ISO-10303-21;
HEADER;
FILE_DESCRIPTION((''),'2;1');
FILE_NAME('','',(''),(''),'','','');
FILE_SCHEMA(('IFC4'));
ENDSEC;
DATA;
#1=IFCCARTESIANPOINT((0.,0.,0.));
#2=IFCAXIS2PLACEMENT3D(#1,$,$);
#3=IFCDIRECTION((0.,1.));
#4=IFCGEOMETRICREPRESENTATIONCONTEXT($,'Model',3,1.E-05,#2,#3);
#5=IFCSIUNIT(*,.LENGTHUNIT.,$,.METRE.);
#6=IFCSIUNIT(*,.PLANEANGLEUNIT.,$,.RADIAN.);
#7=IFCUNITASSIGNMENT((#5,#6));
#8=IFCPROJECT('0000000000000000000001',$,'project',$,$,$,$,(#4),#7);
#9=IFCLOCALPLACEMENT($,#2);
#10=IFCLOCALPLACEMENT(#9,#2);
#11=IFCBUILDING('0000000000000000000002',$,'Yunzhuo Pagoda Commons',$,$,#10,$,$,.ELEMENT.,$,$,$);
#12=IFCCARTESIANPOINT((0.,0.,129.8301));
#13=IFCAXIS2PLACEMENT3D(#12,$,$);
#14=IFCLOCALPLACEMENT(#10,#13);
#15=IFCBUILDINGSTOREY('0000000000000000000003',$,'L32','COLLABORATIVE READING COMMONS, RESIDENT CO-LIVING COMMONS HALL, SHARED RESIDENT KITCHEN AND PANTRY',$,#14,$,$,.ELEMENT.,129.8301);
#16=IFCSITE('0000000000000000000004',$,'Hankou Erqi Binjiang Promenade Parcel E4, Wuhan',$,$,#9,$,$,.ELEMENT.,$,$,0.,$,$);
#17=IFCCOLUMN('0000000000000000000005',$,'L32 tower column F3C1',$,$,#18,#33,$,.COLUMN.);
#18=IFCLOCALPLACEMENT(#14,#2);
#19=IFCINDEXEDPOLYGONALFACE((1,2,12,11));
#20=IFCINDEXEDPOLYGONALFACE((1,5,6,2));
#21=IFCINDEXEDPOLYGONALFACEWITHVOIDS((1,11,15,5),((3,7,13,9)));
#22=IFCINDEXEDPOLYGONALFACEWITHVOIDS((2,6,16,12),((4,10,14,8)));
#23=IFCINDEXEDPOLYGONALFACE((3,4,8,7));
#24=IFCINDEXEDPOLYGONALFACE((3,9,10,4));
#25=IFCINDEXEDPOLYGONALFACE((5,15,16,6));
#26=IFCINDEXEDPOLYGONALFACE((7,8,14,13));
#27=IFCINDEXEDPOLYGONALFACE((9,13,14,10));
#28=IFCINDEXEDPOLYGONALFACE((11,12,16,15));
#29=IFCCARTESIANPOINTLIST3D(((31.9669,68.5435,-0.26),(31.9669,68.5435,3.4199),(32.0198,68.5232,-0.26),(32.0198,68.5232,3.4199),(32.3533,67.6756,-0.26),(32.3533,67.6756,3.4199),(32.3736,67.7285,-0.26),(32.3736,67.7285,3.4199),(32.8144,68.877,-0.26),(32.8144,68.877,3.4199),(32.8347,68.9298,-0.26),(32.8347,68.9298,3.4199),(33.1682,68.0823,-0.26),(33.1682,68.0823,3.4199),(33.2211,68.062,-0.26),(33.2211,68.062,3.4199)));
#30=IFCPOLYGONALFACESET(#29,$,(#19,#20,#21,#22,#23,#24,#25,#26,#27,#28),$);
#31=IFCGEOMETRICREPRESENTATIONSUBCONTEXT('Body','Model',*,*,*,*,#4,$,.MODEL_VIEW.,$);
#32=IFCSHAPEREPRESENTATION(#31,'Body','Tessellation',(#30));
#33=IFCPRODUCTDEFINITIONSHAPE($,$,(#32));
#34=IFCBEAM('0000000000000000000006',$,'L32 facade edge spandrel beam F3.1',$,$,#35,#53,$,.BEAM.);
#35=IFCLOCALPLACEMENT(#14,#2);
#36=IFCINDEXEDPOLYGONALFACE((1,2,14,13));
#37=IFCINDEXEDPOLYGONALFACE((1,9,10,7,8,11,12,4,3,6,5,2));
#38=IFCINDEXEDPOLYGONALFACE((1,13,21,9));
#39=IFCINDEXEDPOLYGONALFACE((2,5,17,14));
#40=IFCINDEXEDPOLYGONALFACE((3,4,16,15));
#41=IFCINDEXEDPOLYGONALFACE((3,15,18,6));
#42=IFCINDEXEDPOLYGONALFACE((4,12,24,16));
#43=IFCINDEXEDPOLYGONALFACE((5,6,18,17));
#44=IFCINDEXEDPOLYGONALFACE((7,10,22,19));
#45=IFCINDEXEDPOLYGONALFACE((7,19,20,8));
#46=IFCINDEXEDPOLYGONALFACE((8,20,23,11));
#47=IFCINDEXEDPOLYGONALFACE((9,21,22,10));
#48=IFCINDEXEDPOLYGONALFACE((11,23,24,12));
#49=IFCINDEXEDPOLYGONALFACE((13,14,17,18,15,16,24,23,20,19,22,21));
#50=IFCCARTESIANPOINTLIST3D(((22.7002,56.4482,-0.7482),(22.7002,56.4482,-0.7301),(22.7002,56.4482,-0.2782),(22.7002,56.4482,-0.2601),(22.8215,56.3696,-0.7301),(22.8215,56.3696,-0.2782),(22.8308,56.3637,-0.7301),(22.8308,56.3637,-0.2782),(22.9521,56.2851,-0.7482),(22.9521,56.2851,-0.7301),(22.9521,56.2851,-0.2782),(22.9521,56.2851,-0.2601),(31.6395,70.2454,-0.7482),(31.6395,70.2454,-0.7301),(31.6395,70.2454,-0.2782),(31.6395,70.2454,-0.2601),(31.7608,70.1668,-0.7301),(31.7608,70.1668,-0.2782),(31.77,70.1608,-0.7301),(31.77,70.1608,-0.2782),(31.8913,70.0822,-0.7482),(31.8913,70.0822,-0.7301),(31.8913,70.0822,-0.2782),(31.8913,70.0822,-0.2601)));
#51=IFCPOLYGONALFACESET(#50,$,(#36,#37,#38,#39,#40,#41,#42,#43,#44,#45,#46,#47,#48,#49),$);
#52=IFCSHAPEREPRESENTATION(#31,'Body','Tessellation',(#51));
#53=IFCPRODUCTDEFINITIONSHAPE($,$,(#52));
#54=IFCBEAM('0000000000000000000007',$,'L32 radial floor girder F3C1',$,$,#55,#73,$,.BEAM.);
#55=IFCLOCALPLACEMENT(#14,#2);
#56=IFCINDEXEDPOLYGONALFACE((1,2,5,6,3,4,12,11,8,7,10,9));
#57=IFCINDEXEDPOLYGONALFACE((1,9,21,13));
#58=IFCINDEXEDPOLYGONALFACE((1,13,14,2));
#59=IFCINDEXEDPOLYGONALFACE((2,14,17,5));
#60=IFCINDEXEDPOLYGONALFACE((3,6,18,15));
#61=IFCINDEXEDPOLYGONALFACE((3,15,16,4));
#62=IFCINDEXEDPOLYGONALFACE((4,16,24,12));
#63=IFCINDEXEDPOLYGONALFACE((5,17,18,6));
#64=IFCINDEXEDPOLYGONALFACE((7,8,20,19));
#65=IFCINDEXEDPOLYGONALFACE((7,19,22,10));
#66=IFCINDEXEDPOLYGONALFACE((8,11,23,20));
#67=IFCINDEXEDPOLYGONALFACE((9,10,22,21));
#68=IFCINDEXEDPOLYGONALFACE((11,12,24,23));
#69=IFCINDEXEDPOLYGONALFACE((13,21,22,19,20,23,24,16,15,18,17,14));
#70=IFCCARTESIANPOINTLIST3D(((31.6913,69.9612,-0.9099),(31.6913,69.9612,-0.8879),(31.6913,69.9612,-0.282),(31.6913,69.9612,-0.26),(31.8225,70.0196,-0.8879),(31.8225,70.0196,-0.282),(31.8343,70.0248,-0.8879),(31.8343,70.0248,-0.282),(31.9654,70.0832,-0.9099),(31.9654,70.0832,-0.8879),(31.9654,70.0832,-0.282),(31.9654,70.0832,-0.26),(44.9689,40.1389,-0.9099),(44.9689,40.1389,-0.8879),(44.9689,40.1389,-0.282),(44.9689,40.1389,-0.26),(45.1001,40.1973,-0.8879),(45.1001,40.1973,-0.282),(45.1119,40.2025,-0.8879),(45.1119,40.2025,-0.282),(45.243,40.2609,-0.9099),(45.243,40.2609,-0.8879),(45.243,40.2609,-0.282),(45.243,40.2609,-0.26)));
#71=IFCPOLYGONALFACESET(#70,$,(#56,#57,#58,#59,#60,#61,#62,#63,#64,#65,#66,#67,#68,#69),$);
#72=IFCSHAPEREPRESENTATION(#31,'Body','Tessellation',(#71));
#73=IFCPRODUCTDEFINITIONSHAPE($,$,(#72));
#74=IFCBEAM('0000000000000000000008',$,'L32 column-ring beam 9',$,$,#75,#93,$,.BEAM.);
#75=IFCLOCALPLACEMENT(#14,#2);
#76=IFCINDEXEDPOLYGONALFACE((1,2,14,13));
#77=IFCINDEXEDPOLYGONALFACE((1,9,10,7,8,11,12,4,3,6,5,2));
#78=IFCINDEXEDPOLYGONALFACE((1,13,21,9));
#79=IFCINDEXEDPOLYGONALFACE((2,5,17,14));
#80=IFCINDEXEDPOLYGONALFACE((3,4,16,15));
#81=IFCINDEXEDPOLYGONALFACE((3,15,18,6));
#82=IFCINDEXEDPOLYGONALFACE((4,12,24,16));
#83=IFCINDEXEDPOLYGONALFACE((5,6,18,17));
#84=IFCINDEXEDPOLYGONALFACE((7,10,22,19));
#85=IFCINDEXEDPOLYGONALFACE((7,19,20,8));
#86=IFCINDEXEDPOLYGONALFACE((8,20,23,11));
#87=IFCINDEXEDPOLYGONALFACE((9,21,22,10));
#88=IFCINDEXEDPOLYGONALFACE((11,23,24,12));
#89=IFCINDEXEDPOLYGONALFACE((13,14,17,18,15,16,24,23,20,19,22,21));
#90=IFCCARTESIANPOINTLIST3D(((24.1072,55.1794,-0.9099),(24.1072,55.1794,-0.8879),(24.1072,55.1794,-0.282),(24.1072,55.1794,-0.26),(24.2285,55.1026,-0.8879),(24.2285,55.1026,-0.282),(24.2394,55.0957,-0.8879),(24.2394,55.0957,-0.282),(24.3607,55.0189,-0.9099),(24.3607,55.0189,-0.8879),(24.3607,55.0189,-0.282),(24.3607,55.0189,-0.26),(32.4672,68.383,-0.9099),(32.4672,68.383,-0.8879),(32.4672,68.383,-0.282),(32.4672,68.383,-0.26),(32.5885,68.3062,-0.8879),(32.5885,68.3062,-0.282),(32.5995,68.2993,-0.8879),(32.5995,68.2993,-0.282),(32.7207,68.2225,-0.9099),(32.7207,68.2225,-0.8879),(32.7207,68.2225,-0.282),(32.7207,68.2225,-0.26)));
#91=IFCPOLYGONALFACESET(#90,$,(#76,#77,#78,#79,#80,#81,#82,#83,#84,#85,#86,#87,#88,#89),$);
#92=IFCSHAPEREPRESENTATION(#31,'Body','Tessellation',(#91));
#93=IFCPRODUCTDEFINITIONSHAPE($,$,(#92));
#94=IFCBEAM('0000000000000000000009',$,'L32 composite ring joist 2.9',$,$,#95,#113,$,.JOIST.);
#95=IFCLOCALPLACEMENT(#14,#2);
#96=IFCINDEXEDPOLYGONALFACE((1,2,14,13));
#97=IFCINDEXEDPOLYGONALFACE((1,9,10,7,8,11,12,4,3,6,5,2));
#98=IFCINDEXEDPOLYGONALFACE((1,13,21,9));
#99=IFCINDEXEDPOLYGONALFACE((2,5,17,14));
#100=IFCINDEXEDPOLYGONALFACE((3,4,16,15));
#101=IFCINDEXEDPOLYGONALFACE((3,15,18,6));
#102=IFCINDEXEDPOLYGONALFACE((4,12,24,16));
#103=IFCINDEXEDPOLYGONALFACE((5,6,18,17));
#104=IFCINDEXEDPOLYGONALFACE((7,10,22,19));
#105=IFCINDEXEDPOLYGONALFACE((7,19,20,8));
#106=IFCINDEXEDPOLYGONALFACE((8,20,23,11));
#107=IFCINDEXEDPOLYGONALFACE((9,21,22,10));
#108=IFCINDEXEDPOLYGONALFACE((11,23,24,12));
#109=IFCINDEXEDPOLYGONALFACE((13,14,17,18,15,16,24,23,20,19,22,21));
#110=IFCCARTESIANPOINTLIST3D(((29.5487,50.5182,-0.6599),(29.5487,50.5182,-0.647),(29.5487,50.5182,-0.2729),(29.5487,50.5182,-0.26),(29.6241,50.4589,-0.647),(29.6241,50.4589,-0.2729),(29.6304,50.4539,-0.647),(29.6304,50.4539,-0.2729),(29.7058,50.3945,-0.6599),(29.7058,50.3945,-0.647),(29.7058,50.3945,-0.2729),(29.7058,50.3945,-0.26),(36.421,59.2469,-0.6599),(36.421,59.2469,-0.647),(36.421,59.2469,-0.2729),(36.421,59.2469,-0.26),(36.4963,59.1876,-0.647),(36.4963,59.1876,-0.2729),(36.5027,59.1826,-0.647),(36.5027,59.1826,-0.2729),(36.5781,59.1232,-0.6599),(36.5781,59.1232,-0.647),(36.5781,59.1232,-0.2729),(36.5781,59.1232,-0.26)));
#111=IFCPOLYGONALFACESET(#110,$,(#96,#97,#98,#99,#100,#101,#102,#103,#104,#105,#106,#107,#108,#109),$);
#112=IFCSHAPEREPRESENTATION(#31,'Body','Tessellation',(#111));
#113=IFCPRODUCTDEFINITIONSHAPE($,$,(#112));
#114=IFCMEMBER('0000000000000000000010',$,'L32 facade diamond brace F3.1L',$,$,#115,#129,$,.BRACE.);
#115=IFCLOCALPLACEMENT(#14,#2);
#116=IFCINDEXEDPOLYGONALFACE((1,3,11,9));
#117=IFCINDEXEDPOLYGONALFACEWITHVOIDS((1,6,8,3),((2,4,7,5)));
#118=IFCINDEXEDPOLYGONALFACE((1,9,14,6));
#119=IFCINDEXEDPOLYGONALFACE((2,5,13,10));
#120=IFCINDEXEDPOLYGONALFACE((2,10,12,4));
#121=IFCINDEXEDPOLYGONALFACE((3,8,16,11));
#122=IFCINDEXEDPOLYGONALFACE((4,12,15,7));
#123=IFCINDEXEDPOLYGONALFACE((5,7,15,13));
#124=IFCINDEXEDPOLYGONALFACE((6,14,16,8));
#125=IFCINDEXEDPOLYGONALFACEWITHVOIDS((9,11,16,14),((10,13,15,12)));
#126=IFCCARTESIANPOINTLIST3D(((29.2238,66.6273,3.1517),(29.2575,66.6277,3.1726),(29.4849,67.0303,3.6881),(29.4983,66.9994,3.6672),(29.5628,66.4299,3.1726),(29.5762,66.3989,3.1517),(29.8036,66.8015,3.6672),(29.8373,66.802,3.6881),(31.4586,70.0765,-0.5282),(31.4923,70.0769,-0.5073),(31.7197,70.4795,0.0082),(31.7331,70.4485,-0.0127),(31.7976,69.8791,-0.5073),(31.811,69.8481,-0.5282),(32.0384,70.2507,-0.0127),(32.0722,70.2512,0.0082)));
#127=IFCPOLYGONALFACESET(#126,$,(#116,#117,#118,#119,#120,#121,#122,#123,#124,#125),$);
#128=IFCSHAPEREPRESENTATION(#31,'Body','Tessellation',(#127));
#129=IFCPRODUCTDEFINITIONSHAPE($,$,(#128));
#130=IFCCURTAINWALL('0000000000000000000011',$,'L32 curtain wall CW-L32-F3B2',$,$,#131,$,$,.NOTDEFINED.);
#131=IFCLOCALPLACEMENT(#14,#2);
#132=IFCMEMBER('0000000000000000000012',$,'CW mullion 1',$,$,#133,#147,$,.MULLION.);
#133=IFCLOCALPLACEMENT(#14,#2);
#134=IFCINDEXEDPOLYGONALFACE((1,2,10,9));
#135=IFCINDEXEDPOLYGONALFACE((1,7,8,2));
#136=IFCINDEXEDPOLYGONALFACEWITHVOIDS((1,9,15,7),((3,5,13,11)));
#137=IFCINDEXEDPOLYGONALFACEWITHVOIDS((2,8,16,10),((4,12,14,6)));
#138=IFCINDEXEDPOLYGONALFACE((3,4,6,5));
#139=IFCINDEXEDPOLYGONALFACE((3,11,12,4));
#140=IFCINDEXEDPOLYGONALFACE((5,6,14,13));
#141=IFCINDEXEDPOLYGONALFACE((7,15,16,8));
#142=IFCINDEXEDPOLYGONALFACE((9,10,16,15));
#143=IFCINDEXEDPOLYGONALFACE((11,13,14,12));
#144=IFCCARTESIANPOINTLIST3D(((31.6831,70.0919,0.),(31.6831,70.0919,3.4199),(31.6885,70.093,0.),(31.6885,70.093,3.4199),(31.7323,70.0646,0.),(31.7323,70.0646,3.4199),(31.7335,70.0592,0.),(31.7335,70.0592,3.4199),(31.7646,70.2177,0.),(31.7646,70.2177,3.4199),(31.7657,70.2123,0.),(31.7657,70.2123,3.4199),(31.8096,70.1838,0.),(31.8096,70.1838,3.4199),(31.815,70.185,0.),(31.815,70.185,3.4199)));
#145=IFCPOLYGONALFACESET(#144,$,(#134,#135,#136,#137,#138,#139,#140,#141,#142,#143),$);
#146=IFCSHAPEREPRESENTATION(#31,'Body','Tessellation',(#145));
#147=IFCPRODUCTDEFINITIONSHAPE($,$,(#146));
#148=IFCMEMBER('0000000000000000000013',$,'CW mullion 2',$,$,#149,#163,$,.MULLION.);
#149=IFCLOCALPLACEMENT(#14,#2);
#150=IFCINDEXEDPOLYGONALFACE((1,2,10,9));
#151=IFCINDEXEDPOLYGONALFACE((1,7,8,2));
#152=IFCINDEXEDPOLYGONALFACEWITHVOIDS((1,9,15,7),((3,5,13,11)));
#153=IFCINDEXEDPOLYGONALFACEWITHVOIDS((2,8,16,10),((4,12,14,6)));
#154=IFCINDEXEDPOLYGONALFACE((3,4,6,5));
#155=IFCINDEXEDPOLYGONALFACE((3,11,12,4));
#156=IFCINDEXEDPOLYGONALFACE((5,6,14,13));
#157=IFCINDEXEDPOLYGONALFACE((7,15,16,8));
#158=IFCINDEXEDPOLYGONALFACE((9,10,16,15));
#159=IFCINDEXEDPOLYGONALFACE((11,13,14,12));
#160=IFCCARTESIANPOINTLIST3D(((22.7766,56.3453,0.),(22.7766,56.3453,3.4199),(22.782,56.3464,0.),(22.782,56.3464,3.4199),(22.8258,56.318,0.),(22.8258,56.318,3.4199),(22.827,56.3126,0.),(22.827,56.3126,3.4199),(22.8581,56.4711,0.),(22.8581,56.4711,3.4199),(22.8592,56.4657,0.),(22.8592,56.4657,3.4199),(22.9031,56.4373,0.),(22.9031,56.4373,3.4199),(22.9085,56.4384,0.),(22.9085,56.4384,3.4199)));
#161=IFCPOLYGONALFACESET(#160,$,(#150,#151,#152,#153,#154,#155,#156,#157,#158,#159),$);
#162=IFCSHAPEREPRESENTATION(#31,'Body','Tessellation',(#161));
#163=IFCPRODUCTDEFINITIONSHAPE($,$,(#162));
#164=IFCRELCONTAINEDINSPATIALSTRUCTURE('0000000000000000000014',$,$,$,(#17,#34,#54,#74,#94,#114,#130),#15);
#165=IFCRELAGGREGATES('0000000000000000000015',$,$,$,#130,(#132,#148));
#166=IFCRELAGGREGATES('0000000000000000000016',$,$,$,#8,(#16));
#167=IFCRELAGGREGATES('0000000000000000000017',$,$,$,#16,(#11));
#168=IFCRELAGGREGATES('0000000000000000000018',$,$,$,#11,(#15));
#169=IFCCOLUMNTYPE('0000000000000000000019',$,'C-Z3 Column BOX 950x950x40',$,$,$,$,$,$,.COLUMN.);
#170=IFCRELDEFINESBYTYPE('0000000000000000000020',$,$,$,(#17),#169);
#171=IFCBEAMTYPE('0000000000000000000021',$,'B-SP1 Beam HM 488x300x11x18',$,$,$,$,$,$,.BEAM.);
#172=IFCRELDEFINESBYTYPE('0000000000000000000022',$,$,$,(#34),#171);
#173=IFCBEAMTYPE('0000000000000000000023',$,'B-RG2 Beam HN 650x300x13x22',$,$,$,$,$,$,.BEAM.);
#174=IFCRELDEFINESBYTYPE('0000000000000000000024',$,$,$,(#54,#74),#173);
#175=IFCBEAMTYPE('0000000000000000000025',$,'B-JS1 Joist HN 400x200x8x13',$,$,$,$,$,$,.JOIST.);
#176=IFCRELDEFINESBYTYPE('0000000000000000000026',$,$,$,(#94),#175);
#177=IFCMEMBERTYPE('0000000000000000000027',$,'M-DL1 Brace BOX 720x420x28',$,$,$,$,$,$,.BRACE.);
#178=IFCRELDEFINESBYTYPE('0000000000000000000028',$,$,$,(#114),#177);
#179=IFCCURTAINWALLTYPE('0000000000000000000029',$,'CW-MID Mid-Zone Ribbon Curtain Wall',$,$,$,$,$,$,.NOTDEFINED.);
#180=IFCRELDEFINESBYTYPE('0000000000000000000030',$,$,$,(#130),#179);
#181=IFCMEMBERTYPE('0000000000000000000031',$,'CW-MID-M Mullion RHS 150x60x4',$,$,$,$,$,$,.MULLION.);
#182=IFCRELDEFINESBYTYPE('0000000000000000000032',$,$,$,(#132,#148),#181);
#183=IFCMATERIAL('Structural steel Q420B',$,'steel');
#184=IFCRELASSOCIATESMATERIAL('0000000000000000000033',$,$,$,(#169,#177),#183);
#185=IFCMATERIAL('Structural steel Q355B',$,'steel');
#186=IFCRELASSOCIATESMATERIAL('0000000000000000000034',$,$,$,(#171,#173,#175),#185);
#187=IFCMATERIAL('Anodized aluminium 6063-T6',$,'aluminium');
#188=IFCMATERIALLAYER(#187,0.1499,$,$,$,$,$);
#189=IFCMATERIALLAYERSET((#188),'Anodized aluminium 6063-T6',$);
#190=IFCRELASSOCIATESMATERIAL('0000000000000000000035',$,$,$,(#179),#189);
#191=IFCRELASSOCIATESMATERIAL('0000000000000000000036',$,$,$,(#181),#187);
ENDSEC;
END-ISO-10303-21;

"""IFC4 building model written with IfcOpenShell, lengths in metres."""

from ifc_helpers import new_model, si_unit, direction, frame, origin, origin_2d, place, context, subcontext, project, spatial, hollow_rectangle, i_section, extrude, source, transform, mapped, material, layer, layer_set, material_profile, profile_set, type_object, element, aggregate, save


model = new_model("IFC4")

# Units and contexts
model_context = context("Model", 3, precision=1e-05, world=origin(), true_north=direction((0.0, 1.0)))
body_context = subcontext(model_context, "Body", "Model", "MODEL_VIEW")
ifc_project = project(units=[si_unit("LENGTHUNIT", "METRE"), si_unit("PLANEANGLEUNIT", "RADIAN")], contexts=[model_context])

# Site, building, storey
site_placement = place(None, origin())
site = spatial("IfcSite", under=ifc_project, at=site_placement, Name="Hankou Erqi Binjiang Promenade Parcel E4, Wuhan", CompositionType="ELEMENT", RefElevation=0.0)
building_placement = place(site_placement, origin())
building = spatial("IfcBuilding", under=site, at=building_placement, Name="Yunzhuo Pagoda Commons", CompositionType="ELEMENT")
storey_placement = place(building_placement, frame((0.0, 0.0, 129.8301)))
storey = spatial("IfcBuildingStorey", under=building, at=storey_placement, Name="L32", Description="COLLABORATIVE READING COMMONS, RESIDENT CO-LIVING COMMONS HALL, SHARED RESIDENT KITCHEN AND PANTRY", CompositionType="ELEMENT", Elevation=129.8301)

# Column
ifc_material_1 = material(Name="Structural steel Q420B", Category="steel")
ifc_material_profile_1 = material_profile(ifc_material_1, hollow_rectangle(XDim=0.95, YDim=0.95, WallThickness=0.04, at=origin_2d()), Name="Structural steel Q420B")
ifc_profile_set_1 = profile_set([ifc_material_profile_1], Name="Structural steel Q420B")
column_type = type_object("IfcColumnType", Name="C-Z3 Column BOX 950x950x40", PredefinedType="COLUMN", material=ifc_profile_set_1)
shared_shape_1 = source(origin(), body_context, "Body", "SweptSolid", [
    extrude(hollow_rectangle(XDim=0.95, YDim=0.95, WallThickness=0.04, at=origin_2d()), origin(), (0.0, 0.0, 1.0), 3.6799),
])
column_placement = place(storey_placement, frame((32.594, 68.3027, -0.26), z_axis=(0.0, 0.0, 1.0), x_axis=(-0.913545, -0.406737, 0.0)))
element("IfcColumn", 1, at=column_placement, inside=storey, type_object=column_type, Name="L32 tower column F3C1", PredefinedType="COLUMN", context=body_context, shape_type="MappedRepresentation", body=[
    mapped(shared_shape_1, transform((0.0, 0.0, 0.0), scale=1.0)),
])

# Beams
ifc_material_2 = material(Name="Structural steel Q355B", Category="steel")
ifc_material_profile_2 = material_profile(ifc_material_2, i_section(OverallWidth=0.3, OverallDepth=0.488, WebThickness=0.011, FlangeThickness=0.0181, at=origin_2d()), Name="Structural steel Q355B")
ifc_profile_set_2 = profile_set([ifc_material_profile_2], Name="Structural steel Q355B")
beam_type_1 = type_object("IfcBeamType", Name="B-SP1 Beam HM 488x300x11x18", PredefinedType="BEAM", material=ifc_profile_set_2)
shared_shape_2 = source(origin(), body_context, "Body", "SweptSolid", [
    extrude(i_section(OverallWidth=0.3, OverallDepth=0.488, WebThickness=0.011, FlangeThickness=0.0181, at=origin_2d()), origin(), (0.0, 0.0, 1.0), 16.4399),
])
beam_1_placement = place(storey_placement, frame((31.7654, 70.1638, -0.5042), z_axis=(-0.543751, -0.839246, 0.0), x_axis=(0.839246, -0.543751, 0.0)))
element("IfcBeam", 2, at=beam_1_placement, inside=storey, type_object=beam_type_1, Name="L32 facade edge spandrel beam F3.1", PredefinedType="BEAM", context=body_context, shape_type="MappedRepresentation", body=[
    mapped(shared_shape_2, transform((0.0, 0.0, 0.0), scale=1.0)),
])
ifc_material_profile_3 = material_profile(ifc_material_2, i_section(OverallWidth=0.3, OverallDepth=0.6499, WebThickness=0.0129, FlangeThickness=0.022, at=origin_2d()), Name="Structural steel Q355B")
ifc_profile_set_3 = profile_set([ifc_material_profile_3], Name="Structural steel Q355B")
beam_type_2 = type_object("IfcBeamType", Name="B-RG2 Beam HN 650x300x13x22", PredefinedType="BEAM", material=ifc_profile_set_3)
shared_shape_3 = source(origin(), body_context, "Body", "SweptSolid", [
    extrude(i_section(OverallWidth=0.3, OverallDepth=0.6499, WebThickness=0.0129, FlangeThickness=0.022, at=origin_2d()), origin(), (0.0, 0.0, 1.0), 32.6445),
])
beam_2_placement = place(storey_placement, frame((31.8284, 70.0222, -0.585), z_axis=(0.406733, -0.913547, 0.0), x_axis=(0.913547, 0.406733, 0.0)))
element("IfcBeam", 3, at=beam_2_placement, inside=storey, type_object=beam_type_2, Name="L32 radial floor girder F3C1", PredefinedType="BEAM", context=body_context, shape_type="MappedRepresentation", body=[
    mapped(shared_shape_3, transform((0.0, 0.0, 0.0), scale=1.0)),
])
shared_shape_4 = source(origin(), body_context, "Body", "SweptSolid", [
    extrude(i_section(OverallWidth=0.3, OverallDepth=0.6499, WebThickness=0.0129, FlangeThickness=0.022, at=origin_2d()), origin(), (0.0, 0.0, 1.0), 15.6277),
])
beam_3_placement = place(storey_placement, frame((32.594, 68.3027, -0.585), z_axis=(-0.534952, -0.844882, 0.0), x_axis=(0.844882, -0.534952, 0.0)))
element("IfcBeam", 4, at=beam_3_placement, inside=storey, type_object=beam_type_2, Name="L32 column-ring beam 9", PredefinedType="BEAM", context=body_context, shape_type="MappedRepresentation", body=[
    mapped(shared_shape_4, transform((0.0, 0.0, 0.0), scale=1.0)),
])
ifc_material_profile_4 = material_profile(ifc_material_2, i_section(OverallWidth=0.2, OverallDepth=0.3999, WebThickness=0.0081, FlangeThickness=0.0129, at=origin_2d()), Name="Structural steel Q355B")
ifc_profile_set_4 = profile_set([ifc_material_profile_4], Name="Structural steel Q355B")
beam_type_3 = type_object("IfcBeamType", Name="B-JS1 Joist HN 400x200x8x13", PredefinedType="JOIST", material=ifc_profile_set_4)
shared_shape_5 = source(origin(), body_context, "Body", "SweptSolid", [
    extrude(i_section(OverallWidth=0.2, OverallDepth=0.3999, WebThickness=0.0081, FlangeThickness=0.0129, at=origin_2d()), origin(), (0.0, 0.0, 1.0), 11.1094),
])
beam_4_placement = place(storey_placement, frame((36.4995, 59.1851, -0.46), z_axis=(-0.618601, -0.785706, 0.0), x_axis=(0.785706, -0.618601, 0.0)))
element("IfcBeam", 5, at=beam_4_placement, inside=storey, type_object=beam_type_3, Name="L32 composite ring joist 2.9", PredefinedType="JOIST", context=body_context, shape_type="MappedRepresentation", body=[
    mapped(shared_shape_5, transform((0.0, 0.0, 0.0), scale=1.0)),
])

# Member
ifc_material_profile_5 = material_profile(ifc_material_1, hollow_rectangle(XDim=0.4199, YDim=0.72, WallThickness=0.0281, at=origin_2d()), Name="Structural steel Q420B")
ifc_profile_set_5 = profile_set([ifc_material_profile_5], Name="Structural steel Q420B")
member_type_1 = type_object("IfcMemberType", Name="M-DL1 Brace BOX 720x420x28", PredefinedType="BRACE", material=ifc_profile_set_5)
shared_shape_6 = source(origin(), body_context, "Body", "SweptSolid", [
    extrude(hollow_rectangle(XDim=0.4199, YDim=0.72, WallThickness=0.0281, at=origin_2d()), origin(), (0.0, 0.0, 1.0), 5.5166),
])
member_1_placement = place(storey_placement, frame((31.7654, 70.1638, -0.26), z_axis=(-0.405111, -0.625236, 0.667057), x_axis=(0.839235, -0.543768, 0.0)))
element("IfcMember", 6, at=member_1_placement, inside=storey, type_object=member_type_1, Name="L32 facade diamond brace F3.1L", PredefinedType="BRACE", context=body_context, shape_type="MappedRepresentation", body=[
    mapped(shared_shape_6, transform((0.0, 0.0, 0.0), scale=1.0)),
])

# Curtain wall, members
ifc_material_3 = material(Name="Anodized aluminium 6063-T6", Category="aluminium")
ifc_layer_1 = layer(ifc_material_3, 0.1499)
ifc_layer_set_1 = layer_set([ifc_layer_1], Name="Anodized aluminium 6063-T6")
curtain_wall_type = type_object("IfcCurtainWallType", Name="CW-MID Mid-Zone Ribbon Curtain Wall", PredefinedType="NOTDEFINED", material=ifc_layer_set_1)
curtain_wall_1_placement = place(storey_placement, origin())
curtain_wall_1 = element("IfcCurtainWall", 7, at=curtain_wall_1_placement, inside=storey, type_object=curtain_wall_type, Name="L32 curtain wall CW-L32-F3B2", PredefinedType="NOTDEFINED")
ifc_material_profile_6 = material_profile(ifc_material_3, hollow_rectangle(XDim=0.0601, YDim=0.1499, WallThickness=0.0039, at=origin_2d()), Name="Anodized aluminium 6063-T6")
ifc_profile_set_6 = profile_set([ifc_material_profile_6], Name="Anodized aluminium 6063-T6")
member_type_2 = type_object("IfcMemberType", Name="CW-MID-M Mullion RHS 150x60x4", PredefinedType="MULLION", material=ifc_profile_set_6)
shared_shape_7 = source(origin(), body_context, "Body", "SweptSolid", [
    extrude(hollow_rectangle(XDim=0.0601, YDim=0.1499, WallThickness=0.0039, at=origin_2d()), origin(), (0.0, 0.0, 1.0), 3.4199),
])
member_2_placement = place(storey_placement, frame((31.749, 70.1384, 0.0), z_axis=(0.0, 0.0, 1.0), x_axis=(0.839249, -0.543747, 0.0)))
member_2 = element("IfcMember", 8, at=member_2_placement, type_object=member_type_2, Name="CW mullion 1", PredefinedType="MULLION", context=body_context, shape_type="MappedRepresentation", body=[
    mapped(shared_shape_7, transform((0.0, 0.0, 0.0), scale=1.0)),
])
member_3_placement = place(storey_placement, frame((22.8425, 56.3918, 0.0), z_axis=(0.0, 0.0, 1.0), x_axis=(0.839249, -0.543747, 0.0)))
member_3 = element("IfcMember", 9, at=member_3_placement, type_object=member_type_2, Name="CW mullion 2", PredefinedType="MULLION", context=body_context, shape_type="MappedRepresentation", body=[
    mapped(shared_shape_7, transform((0.0, 0.0, 0.0), scale=1.0)),
])

aggregate(curtain_wall_1, [member_2, member_3])

save(model, "model.ifc")
